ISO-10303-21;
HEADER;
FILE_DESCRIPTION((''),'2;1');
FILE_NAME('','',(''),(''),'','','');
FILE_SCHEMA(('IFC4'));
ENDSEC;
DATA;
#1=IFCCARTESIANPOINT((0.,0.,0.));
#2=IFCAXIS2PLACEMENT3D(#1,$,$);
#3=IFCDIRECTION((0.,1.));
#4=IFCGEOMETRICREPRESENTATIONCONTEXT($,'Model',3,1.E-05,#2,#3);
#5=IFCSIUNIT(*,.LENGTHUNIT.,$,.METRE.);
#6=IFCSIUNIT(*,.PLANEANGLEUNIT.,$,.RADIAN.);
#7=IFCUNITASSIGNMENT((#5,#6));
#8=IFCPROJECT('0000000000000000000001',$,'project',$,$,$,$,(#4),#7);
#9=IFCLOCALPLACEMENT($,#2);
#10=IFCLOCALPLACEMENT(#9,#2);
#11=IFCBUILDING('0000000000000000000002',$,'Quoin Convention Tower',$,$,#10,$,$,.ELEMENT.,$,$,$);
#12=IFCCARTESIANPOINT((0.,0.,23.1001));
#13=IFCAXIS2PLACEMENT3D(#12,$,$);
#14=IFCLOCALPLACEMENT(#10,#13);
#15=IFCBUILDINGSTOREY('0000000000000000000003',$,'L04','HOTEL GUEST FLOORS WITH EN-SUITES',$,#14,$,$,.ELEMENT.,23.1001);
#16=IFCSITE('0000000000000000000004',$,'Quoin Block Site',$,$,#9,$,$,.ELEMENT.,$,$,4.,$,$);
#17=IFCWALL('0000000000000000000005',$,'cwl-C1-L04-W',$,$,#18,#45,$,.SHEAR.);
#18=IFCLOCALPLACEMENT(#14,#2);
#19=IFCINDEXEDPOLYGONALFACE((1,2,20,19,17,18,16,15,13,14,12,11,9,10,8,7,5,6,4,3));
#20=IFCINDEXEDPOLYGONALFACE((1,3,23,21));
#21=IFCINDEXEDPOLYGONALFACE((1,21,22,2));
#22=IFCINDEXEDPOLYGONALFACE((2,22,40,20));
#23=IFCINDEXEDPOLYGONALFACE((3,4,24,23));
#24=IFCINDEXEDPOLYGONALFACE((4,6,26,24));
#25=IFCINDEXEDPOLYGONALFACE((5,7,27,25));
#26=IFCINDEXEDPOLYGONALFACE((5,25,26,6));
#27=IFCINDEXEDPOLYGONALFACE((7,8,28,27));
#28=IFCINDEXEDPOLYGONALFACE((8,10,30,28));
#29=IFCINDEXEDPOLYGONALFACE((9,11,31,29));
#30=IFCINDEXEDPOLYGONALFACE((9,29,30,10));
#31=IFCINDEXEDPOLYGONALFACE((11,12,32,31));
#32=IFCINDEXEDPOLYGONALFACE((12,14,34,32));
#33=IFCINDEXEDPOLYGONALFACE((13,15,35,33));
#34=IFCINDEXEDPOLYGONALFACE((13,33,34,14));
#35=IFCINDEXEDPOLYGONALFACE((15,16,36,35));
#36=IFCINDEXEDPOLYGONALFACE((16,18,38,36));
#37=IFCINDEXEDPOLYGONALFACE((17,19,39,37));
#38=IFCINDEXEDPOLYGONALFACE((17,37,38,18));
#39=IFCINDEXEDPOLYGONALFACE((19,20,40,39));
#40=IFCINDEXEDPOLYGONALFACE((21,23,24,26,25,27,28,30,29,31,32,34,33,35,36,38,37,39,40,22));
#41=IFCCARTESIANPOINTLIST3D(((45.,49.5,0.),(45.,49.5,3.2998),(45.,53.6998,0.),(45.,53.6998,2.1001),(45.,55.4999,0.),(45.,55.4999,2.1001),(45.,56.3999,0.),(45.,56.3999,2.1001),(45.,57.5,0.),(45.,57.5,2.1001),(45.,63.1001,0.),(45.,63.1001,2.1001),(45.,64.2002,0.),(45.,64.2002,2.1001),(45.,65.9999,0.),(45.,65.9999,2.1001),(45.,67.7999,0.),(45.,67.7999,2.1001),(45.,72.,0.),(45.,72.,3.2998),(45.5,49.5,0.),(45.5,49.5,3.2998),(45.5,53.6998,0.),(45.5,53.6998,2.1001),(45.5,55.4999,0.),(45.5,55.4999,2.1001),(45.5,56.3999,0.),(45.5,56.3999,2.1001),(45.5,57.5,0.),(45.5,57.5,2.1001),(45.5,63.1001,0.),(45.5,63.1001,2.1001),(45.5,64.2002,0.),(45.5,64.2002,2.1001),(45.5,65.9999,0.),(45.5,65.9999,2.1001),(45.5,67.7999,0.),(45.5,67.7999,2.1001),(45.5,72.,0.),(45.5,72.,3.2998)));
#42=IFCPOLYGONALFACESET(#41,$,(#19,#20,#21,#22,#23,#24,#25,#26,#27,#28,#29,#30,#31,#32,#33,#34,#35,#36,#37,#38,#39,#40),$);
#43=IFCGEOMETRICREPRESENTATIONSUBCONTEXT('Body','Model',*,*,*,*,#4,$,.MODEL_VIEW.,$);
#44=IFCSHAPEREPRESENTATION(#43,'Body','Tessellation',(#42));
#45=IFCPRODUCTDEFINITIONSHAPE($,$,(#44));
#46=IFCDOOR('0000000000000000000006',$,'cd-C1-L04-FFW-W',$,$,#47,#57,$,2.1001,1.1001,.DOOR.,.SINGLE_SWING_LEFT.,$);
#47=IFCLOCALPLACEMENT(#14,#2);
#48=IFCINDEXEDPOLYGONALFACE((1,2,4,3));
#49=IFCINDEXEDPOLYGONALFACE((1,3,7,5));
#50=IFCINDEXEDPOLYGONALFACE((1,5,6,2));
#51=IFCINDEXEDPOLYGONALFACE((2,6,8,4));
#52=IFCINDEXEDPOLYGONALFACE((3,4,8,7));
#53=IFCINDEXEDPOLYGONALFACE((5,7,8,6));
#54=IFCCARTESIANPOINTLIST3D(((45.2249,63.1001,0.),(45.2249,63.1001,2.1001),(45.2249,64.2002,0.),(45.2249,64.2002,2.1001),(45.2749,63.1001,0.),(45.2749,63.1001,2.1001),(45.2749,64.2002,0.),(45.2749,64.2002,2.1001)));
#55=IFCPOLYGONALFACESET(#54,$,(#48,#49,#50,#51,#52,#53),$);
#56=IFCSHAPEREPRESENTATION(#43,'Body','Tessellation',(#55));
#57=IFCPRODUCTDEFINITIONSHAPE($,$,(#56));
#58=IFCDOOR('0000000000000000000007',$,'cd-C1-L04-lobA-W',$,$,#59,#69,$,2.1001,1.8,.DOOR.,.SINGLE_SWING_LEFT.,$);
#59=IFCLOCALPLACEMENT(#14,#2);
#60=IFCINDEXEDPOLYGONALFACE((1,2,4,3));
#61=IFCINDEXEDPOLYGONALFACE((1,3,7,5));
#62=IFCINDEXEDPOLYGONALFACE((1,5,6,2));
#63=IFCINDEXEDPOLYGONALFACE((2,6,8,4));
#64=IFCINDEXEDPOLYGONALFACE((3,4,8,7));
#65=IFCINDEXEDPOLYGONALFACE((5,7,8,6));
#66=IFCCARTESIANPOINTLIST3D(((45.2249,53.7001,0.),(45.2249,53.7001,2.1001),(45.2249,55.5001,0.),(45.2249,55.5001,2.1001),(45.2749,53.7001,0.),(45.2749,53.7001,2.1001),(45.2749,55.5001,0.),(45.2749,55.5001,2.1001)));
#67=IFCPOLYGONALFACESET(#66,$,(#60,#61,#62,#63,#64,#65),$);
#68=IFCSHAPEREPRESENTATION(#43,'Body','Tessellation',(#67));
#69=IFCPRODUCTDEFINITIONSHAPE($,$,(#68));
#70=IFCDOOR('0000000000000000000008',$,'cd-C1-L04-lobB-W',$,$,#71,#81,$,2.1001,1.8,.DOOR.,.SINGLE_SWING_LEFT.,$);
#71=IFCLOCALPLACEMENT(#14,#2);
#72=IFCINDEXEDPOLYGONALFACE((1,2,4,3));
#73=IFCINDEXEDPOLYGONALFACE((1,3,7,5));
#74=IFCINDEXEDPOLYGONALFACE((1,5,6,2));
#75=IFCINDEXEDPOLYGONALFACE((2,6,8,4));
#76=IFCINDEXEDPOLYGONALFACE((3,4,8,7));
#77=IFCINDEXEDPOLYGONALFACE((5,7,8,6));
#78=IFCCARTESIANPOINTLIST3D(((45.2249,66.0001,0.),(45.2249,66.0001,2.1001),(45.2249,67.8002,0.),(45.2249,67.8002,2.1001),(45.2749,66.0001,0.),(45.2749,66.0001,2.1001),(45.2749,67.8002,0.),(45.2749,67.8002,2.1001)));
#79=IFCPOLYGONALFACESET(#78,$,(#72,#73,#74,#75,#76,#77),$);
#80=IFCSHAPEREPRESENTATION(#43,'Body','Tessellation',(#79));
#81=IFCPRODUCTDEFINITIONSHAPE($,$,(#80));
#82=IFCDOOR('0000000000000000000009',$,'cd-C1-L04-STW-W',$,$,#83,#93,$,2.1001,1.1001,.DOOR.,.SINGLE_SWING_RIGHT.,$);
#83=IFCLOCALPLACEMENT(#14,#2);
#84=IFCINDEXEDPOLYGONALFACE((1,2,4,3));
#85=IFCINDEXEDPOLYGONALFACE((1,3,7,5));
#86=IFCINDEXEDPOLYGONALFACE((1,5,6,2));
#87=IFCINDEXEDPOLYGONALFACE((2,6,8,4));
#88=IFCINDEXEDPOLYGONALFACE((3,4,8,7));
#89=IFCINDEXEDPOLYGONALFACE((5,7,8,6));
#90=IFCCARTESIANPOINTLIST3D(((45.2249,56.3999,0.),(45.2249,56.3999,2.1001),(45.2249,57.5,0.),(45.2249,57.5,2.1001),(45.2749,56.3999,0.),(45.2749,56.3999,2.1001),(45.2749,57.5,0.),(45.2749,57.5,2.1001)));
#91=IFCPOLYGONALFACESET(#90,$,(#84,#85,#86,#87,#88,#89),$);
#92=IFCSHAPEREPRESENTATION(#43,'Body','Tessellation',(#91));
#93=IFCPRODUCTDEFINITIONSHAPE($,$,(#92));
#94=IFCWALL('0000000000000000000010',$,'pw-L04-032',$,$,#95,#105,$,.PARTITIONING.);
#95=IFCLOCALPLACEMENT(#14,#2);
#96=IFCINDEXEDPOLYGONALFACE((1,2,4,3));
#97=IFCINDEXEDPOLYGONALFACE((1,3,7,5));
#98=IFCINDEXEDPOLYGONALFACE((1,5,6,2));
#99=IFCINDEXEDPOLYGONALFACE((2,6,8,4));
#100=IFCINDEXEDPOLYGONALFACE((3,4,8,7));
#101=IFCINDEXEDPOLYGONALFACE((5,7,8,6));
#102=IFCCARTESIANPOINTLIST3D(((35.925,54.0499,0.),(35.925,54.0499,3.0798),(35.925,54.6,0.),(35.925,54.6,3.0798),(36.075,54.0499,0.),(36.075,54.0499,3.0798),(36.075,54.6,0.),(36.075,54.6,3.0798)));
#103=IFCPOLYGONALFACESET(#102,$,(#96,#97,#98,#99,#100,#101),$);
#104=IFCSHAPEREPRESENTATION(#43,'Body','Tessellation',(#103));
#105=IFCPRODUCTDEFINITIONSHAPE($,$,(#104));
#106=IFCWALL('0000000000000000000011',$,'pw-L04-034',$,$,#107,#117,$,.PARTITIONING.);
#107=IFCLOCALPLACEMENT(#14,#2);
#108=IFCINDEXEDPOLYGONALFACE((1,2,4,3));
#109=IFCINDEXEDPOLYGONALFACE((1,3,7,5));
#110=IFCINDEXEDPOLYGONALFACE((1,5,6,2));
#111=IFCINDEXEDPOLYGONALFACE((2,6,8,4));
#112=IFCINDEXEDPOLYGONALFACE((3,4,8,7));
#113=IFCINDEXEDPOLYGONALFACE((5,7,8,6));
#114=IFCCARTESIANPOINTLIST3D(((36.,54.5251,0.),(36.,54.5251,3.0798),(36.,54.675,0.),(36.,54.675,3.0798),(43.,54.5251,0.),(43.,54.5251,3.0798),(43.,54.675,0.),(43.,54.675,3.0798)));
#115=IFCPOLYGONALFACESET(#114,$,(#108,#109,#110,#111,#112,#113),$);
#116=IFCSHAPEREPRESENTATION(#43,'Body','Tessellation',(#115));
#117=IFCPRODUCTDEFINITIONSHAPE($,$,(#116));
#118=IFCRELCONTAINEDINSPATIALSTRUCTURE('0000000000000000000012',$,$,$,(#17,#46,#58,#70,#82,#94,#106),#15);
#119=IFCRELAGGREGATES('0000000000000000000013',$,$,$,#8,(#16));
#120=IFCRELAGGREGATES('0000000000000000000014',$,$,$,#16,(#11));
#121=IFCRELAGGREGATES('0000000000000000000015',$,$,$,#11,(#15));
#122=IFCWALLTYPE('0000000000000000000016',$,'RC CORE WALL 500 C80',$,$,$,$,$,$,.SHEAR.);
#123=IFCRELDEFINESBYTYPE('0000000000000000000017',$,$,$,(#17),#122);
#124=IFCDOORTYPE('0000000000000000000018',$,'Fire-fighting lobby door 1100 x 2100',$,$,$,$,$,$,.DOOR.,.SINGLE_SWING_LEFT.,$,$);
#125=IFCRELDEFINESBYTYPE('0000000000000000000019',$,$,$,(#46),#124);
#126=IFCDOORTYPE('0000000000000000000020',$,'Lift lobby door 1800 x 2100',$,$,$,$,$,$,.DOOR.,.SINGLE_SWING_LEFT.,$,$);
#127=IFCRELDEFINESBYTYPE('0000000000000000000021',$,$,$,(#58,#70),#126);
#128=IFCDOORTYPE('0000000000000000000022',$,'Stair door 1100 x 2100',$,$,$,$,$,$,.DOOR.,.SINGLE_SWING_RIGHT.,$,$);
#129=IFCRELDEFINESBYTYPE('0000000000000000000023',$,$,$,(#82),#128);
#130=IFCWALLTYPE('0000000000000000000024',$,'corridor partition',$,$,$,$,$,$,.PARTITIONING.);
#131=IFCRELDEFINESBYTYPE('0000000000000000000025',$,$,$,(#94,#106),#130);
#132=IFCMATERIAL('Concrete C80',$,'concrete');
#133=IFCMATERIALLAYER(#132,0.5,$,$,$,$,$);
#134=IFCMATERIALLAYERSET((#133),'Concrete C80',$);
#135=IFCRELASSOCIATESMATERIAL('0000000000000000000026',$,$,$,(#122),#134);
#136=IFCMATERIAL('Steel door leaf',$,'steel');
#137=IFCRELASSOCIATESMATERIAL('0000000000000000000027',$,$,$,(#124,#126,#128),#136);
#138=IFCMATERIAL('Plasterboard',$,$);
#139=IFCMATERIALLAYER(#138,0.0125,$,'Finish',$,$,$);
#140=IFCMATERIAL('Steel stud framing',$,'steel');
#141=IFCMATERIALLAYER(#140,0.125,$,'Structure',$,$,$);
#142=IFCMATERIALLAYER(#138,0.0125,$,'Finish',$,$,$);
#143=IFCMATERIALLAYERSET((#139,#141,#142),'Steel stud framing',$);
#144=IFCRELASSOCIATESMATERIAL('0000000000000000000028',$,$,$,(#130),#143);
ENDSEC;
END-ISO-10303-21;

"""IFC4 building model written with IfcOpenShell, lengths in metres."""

from ifc_helpers import new_model, si_unit, direction, frame, frame_2d, origin, place, context, subcontext, project, spatial, rectangle, extrude, material, layer, layer_set, type_object, element, fill, save


model = new_model("IFC4")

# Units and contexts
model_context = context("Model", 3, precision=1e-05, world=origin(), true_north=direction((0.0, 1.0)))
body_context = subcontext(model_context, "Body", "Model", "MODEL_VIEW")
ifc_project = project(units=[si_unit("LENGTHUNIT", "METRE"), si_unit("PLANEANGLEUNIT", "RADIAN")], contexts=[model_context])

# Site, building, storey
site_placement = place(None, origin())
site = spatial("IfcSite", under=ifc_project, at=site_placement, Name="Quoin Block Site", CompositionType="ELEMENT", RefElevation=4.0)
building_placement = place(site_placement, origin())
building = spatial("IfcBuilding", under=site, at=building_placement, Name="Quoin Convention Tower", CompositionType="ELEMENT")
storey_placement = place(building_placement, frame((0.0, 0.0, 23.1001)))
storey = spatial("IfcBuildingStorey", under=building, at=storey_placement, Name="L04", Description="HOTEL GUEST FLOORS WITH EN-SUITES", CompositionType="ELEMENT", Elevation=23.1001)

# Shared definitions
ifc_material_1 = material(Name="Concrete C80", Category="concrete")

# Shared definitions
ifc_material_2 = material(Name="Plasterboard")
ifc_material_3 = material(Name="Steel stud framing", Category="steel")
ifc_material_4 = material(Name="Steel door leaf", Category="steel")

# Shared definitions
ifc_layer_1 = layer(ifc_material_1, 0.5)
ifc_layer_set_1 = layer_set([ifc_layer_1], Name="Concrete C80")
wall_type_1 = type_object("IfcWallType", Name="RC CORE WALL 500 C80", PredefinedType="SHEAR", material=ifc_layer_set_1)

# Wall, openings, doors
wall_1_placement = place(storey_placement, frame((45.25, 49.5, 0.0), z_axis=(0.0, 0.0, 1.0), x_axis=(0.0, 1.0, 0.0)))
wall_1 = element("IfcWall", 1, at=wall_1_placement, inside=storey, type_object=wall_type_1, Name="cwl-C1-L04-W", PredefinedType="SHEAR", context=body_context, shape_type="SweptSolid", body=[
    extrude(rectangle(XDim=22.5, YDim=0.5, at=frame_2d((11.25, 0.0))), origin(), (0.0, 0.0, 1.0), 3.2998),
])
opening_1_placement = place(wall_1_placement, frame((4.2, 0.0, 0.0)))
opening_1 = element("IfcOpeningElement", 2, at=opening_1_placement, cuts=wall_1, PredefinedType="OPENING", context=body_context, shape_type="SweptSolid", body=[
    extrude(rectangle(XDim=1.8, YDim=2.1001, at=frame_2d((0.8999, 1.05))), frame((0.0, 0.26, 0.0), z_axis=(0.0, -1.0, 0.0), x_axis=(1.0, 0.0, 0.0)), (0.0, 0.0, 1.0), 0.52),
])
opening_2_placement = place(wall_1_placement, frame((6.8999, 0.0, 0.0)))
opening_2 = element("IfcOpeningElement", 3, at=opening_2_placement, cuts=wall_1, PredefinedType="OPENING", context=body_context, shape_type="SweptSolid", body=[
    extrude(rectangle(XDim=1.1001, YDim=2.1001, at=frame_2d((0.55, 1.05))), frame((0.0, 0.26, 0.0), z_axis=(0.0, -1.0, 0.0), x_axis=(1.0, 0.0, 0.0)), (0.0, 0.0, 1.0), 0.52),
])
opening_3_placement = place(wall_1_placement, frame((13.6001, 0.0, 0.0)))
opening_3 = element("IfcOpeningElement", 4, at=opening_3_placement, cuts=wall_1, PredefinedType="OPENING", context=body_context, shape_type="SweptSolid", body=[
    extrude(rectangle(XDim=1.1001, YDim=2.1001, at=frame_2d((0.55, 1.05))), frame((0.0, 0.26, 0.0), z_axis=(0.0, -1.0, 0.0), x_axis=(1.0, 0.0, 0.0)), (0.0, 0.0, 1.0), 0.52),
])
opening_4_placement = place(wall_1_placement, frame((16.5, 0.0, 0.0)))
opening_4 = element("IfcOpeningElement", 5, at=opening_4_placement, cuts=wall_1, PredefinedType="OPENING", context=body_context, shape_type="SweptSolid", body=[
    extrude(rectangle(XDim=1.8, YDim=2.1001, at=frame_2d((0.8999, 1.05))), frame((0.0, 0.26, 0.0), z_axis=(0.0, -1.0, 0.0), x_axis=(1.0, 0.0, 0.0)), (0.0, 0.0, 1.0), 0.52),
])
door_type_1 = type_object("IfcDoorType", Name="Fire-fighting lobby door 1100 x 2100", OperationType="SINGLE_SWING_LEFT", PredefinedType="DOOR", material=ifc_material_4)
door_1_placement = place(opening_3_placement, frame((1.1001, 0.0, 0.0), z_axis=(0.0, 0.0, 1.0), x_axis=(-1.0, 0.0, 0.0)))
door_1 = element("IfcDoor", 6, at=door_1_placement, inside=storey, type_object=door_type_1, Name="cd-C1-L04-FFW-W", OperationType="SINGLE_SWING_LEFT", OverallHeight=2.1001, OverallWidth=1.1001, PredefinedType="DOOR", context=body_context, shape_type="SweptSolid", body=[
    extrude(rectangle(XDim=1.1001, YDim=2.1001, at=frame_2d((0.55, 1.05))), frame((0.0, 0.0249, 0.0), z_axis=(0.0, -1.0, 0.0), x_axis=(1.0, 0.0, 0.0)), (0.0, 0.0, 1.0), 0.05),
])
fill(opening_3, door_1)
door_type_2 = type_object("IfcDoorType", Name="Lift lobby door 1800 x 2100", OperationType="SINGLE_SWING_LEFT", PredefinedType="DOOR", material=ifc_material_4)
door_2_placement = place(opening_1_placement, frame((1.8, 0.0, 0.0), z_axis=(0.0, 0.0, 1.0), x_axis=(-1.0, 0.0, 0.0)))
door_2 = element("IfcDoor", 7, at=door_2_placement, inside=storey, type_object=door_type_2, Name="cd-C1-L04-lobA-W", OperationType="SINGLE_SWING_LEFT", OverallHeight=2.1001, OverallWidth=1.8, PredefinedType="DOOR", context=body_context, shape_type="SweptSolid", body=[
    extrude(rectangle(XDim=1.8, YDim=2.1001, at=frame_2d((0.8999, 1.05))), frame((0.0, 0.0249, 0.0), z_axis=(0.0, -1.0, 0.0), x_axis=(1.0, 0.0, 0.0)), (0.0, 0.0, 1.0), 0.05),
])
fill(opening_1, door_2)
door_3_placement = place(opening_4_placement, frame((1.8, 0.0, 0.0), z_axis=(0.0, 0.0, 1.0), x_axis=(-1.0, 0.0, 0.0)))
door_3 = element("IfcDoor", 8, at=door_3_placement, inside=storey, type_object=door_type_2, Name="cd-C1-L04-lobB-W", OperationType="SINGLE_SWING_LEFT", OverallHeight=2.1001, OverallWidth=1.8, PredefinedType="DOOR", context=body_context, shape_type="SweptSolid", body=[
    extrude(rectangle(XDim=1.8, YDim=2.1001, at=frame_2d((0.8999, 1.05))), frame((0.0, 0.0249, 0.0), z_axis=(0.0, -1.0, 0.0), x_axis=(1.0, 0.0, 0.0)), (0.0, 0.0, 1.0), 0.05),
])
fill(opening_4, door_3)
door_type_3 = type_object("IfcDoorType", Name="Stair door 1100 x 2100", OperationType="SINGLE_SWING_RIGHT", PredefinedType="DOOR", material=ifc_material_4)
door_4_placement = place(opening_2_placement, frame((1.1001, 0.0, 0.0), z_axis=(0.0, 0.0, 1.0), x_axis=(-1.0, 0.0, 0.0)))
door_4 = element("IfcDoor", 9, at=door_4_placement, inside=storey, type_object=door_type_3, Name="cd-C1-L04-STW-W", OperationType="SINGLE_SWING_RIGHT", OverallHeight=2.1001, OverallWidth=1.1001, PredefinedType="DOOR", context=body_context, shape_type="SweptSolid", body=[
    extrude(rectangle(XDim=1.1001, YDim=2.1001, at=frame_2d((0.55, 1.05))), frame((0.0, 0.0249, 0.0), z_axis=(0.0, -1.0, 0.0), x_axis=(1.0, 0.0, 0.0)), (0.0, 0.0, 1.0), 0.05),
])
fill(opening_2, door_4)

# Walls
ifc_layer_2 = layer(ifc_material_2, 0.0125, Name="Finish")
ifc_layer_3 = layer(ifc_material_3, 0.125, Name="Structure")
ifc_layer_4 = layer(ifc_material_2, 0.0125, Name="Finish")
ifc_layer_set_2 = layer_set([ifc_layer_2, ifc_layer_3, ifc_layer_4], Name="Steel stud framing")
wall_type_2 = type_object("IfcWallType", Name="corridor partition", PredefinedType="PARTITIONING", material=ifc_layer_set_2)
wall_2_placement = place(storey_placement, frame((36.0, 54.05, 0.0), z_axis=(0.0, 0.0, 1.0), x_axis=(0.0, 1.0, 0.0)))
element("IfcWall", 10, at=wall_2_placement, inside=storey, type_object=wall_type_2, Name="pw-L04-032", PredefinedType="PARTITIONING", context=body_context, shape_type="SweptSolid", body=[
    extrude(rectangle(XDim=0.55, YDim=0.1499, at=frame_2d((0.2749, 0.0))), origin(), (0.0, 0.0, 1.0), 3.0798),
])
wall_3_placement = place(storey_placement, frame((36.0, 54.6001, 0.0), z_axis=(0.0, 0.0, 1.0), x_axis=(1.0, 0.0, 0.0)))
element("IfcWall", 11, at=wall_3_placement, inside=storey, type_object=wall_type_2, Name="pw-L04-034", PredefinedType="PARTITIONING", context=body_context, shape_type="SweptSolid", body=[
    extrude(rectangle(XDim=7.0, YDim=0.1499, at=frame_2d((3.5, 0.0))), origin(), (0.0, 0.0, 1.0), 3.0798),
])

save(model, "model.ifc")
